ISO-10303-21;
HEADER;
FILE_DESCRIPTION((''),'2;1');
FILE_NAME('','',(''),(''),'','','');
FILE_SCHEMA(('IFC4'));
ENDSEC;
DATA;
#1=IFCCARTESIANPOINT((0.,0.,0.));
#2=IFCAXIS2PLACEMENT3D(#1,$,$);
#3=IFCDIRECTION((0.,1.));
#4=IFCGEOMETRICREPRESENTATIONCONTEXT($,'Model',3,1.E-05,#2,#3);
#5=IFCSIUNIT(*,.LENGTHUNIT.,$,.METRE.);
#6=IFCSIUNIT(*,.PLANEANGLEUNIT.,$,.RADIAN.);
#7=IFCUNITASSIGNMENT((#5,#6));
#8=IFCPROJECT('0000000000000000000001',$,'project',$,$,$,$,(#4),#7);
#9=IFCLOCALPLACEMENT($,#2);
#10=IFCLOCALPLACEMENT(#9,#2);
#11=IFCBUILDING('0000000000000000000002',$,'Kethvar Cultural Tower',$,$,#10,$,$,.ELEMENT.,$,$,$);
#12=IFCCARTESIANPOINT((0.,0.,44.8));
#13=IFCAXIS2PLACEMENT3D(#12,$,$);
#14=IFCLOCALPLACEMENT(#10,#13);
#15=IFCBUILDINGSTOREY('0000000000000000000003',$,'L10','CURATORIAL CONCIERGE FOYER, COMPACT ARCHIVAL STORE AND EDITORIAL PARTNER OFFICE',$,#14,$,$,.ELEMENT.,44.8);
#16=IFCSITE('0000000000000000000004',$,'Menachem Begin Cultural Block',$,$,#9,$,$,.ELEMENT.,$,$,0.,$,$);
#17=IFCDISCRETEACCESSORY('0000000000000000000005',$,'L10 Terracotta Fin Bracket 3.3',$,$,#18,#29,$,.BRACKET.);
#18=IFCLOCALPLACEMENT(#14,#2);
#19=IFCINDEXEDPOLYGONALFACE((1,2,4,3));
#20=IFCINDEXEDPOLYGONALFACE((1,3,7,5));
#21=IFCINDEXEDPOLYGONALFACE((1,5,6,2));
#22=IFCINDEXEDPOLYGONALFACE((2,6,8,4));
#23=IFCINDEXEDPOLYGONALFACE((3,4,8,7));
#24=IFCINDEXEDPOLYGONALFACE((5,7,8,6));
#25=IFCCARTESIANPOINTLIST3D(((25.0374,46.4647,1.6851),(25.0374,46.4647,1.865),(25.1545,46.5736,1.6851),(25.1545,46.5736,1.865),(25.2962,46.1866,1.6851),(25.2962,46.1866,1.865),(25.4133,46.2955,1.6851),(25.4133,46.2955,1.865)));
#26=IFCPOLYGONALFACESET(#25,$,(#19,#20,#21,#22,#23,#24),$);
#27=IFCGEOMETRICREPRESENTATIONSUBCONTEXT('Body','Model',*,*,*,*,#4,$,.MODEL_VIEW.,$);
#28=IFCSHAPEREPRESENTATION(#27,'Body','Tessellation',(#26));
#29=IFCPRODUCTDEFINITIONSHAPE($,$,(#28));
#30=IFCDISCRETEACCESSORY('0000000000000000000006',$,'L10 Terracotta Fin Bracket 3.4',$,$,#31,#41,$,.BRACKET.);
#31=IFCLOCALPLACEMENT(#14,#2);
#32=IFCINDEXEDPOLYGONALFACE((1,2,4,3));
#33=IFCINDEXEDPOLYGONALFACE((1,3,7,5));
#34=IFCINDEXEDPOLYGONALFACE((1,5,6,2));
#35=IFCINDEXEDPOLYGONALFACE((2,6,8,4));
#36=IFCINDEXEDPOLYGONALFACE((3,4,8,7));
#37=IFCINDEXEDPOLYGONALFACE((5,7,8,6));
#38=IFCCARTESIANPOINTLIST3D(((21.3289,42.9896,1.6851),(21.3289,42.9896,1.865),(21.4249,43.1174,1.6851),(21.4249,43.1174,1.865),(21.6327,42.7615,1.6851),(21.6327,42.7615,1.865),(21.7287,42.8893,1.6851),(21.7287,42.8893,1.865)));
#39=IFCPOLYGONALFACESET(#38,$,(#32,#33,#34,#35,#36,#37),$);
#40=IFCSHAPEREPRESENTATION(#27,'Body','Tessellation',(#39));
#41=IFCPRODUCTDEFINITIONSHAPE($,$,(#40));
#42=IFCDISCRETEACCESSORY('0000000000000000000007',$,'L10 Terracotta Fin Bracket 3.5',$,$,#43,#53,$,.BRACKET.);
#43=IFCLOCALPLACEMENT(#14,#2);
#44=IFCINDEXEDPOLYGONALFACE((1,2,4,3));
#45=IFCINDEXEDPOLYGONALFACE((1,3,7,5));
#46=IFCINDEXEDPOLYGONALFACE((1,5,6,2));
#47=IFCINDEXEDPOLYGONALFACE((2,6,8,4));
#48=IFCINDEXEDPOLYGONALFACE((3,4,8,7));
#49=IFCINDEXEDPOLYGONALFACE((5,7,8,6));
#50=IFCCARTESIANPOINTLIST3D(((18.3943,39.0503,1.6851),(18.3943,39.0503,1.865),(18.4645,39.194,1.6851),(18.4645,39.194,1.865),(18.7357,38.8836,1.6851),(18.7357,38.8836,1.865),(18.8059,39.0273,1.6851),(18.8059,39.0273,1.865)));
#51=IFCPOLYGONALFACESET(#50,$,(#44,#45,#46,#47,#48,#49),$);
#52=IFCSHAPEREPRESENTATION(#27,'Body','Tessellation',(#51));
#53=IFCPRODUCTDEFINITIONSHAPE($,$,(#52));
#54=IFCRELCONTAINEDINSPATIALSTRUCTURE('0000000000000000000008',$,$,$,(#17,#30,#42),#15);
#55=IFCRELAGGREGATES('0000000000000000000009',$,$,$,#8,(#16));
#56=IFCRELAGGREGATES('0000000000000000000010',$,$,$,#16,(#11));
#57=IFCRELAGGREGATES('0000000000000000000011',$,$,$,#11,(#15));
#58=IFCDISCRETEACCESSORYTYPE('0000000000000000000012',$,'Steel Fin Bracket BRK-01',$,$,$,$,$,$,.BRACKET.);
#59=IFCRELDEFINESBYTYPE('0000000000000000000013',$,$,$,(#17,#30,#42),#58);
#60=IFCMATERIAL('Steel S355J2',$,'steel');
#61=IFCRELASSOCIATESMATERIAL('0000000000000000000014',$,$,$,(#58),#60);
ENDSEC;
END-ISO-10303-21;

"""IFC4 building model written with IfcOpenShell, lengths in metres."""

from ifc_helpers import new_model, si_unit, direction, frame, origin, origin_2d, place, context, subcontext, project, spatial, rectangle, extrude, source, transform, mapped, material, type_object, element, save


model = new_model("IFC4")

# Units and contexts
model_context = context("Model", 3, precision=1e-05, world=origin(), true_north=direction((0.0, 1.0)))
body_context = subcontext(model_context, "Body", "Model", "MODEL_VIEW")
ifc_project = project(units=[si_unit("LENGTHUNIT", "METRE"), si_unit("PLANEANGLEUNIT", "RADIAN")], contexts=[model_context])

# Site, building, storey
site_placement = place(None, origin())
site = spatial("IfcSite", under=ifc_project, at=site_placement, Name="Menachem Begin Cultural Block", CompositionType="ELEMENT", RefElevation=0.0)
building_placement = place(site_placement, origin())
building = spatial("IfcBuilding", under=site, at=building_placement, Name="Kethvar Cultural Tower", CompositionType="ELEMENT")
storey_placement = place(building_placement, frame((0.0, 0.0, 44.8)))
storey = spatial("IfcBuildingStorey", under=building, at=storey_placement, Name="L10", Description="CURATORIAL CONCIERGE FOYER, COMPACT ARCHIVAL STORE AND EDITORIAL PARTNER OFFICE", CompositionType="ELEMENT", Elevation=44.8)

# Shared definitions
ifc_material_1 = material(Name="Steel S355J2", Category="steel")

# Discrete accessories
discrete_accessory_type = type_object("IfcDiscreteAccessoryType", Name="Steel Fin Bracket BRK-01", PredefinedType="BRACKET", material=ifc_material_1)
shared_shape_1 = source(origin(), body_context, "Body", "SweptSolid", [
    extrude(rectangle(XDim=0.3799, YDim=0.1599, at=origin_2d()), origin(), (0.0, 0.0, 1.0), 0.1799),
])
for number, where, z_axis, x_axis, name in (
    (1, (25.2253, 46.3801, 1.6851), (0.0, 0.0, 1.0), (-0.681232, 0.732067, 0.0), "L10 Terracotta Fin Bracket 3.3"),
    (2, (21.5288, 42.9395, 1.6851), (0.0, 0.0, 1.0), (-0.799685, 0.60042, 0.0), "L10 Terracotta Fin Bracket 3.4"),
    (3, (18.6001, 39.0388, 1.6851), (0.0, 0.0, 1.0), (-0.898564, 0.438842, 0.0), "L10 Terracotta Fin Bracket 3.5"),
):
    element("IfcDiscreteAccessory", number, at=place(storey_placement, frame(where, z_axis=z_axis, x_axis=x_axis)), inside=storey, type_object=discrete_accessory_type, Name=name, PredefinedType="BRACKET", context=body_context, shape_type="MappedRepresentation", body=[
        mapped(shared_shape_1, transform((0.0, 0.0, 0.0), scale=1.0)),
    ])

save(model, "model.ifc")
